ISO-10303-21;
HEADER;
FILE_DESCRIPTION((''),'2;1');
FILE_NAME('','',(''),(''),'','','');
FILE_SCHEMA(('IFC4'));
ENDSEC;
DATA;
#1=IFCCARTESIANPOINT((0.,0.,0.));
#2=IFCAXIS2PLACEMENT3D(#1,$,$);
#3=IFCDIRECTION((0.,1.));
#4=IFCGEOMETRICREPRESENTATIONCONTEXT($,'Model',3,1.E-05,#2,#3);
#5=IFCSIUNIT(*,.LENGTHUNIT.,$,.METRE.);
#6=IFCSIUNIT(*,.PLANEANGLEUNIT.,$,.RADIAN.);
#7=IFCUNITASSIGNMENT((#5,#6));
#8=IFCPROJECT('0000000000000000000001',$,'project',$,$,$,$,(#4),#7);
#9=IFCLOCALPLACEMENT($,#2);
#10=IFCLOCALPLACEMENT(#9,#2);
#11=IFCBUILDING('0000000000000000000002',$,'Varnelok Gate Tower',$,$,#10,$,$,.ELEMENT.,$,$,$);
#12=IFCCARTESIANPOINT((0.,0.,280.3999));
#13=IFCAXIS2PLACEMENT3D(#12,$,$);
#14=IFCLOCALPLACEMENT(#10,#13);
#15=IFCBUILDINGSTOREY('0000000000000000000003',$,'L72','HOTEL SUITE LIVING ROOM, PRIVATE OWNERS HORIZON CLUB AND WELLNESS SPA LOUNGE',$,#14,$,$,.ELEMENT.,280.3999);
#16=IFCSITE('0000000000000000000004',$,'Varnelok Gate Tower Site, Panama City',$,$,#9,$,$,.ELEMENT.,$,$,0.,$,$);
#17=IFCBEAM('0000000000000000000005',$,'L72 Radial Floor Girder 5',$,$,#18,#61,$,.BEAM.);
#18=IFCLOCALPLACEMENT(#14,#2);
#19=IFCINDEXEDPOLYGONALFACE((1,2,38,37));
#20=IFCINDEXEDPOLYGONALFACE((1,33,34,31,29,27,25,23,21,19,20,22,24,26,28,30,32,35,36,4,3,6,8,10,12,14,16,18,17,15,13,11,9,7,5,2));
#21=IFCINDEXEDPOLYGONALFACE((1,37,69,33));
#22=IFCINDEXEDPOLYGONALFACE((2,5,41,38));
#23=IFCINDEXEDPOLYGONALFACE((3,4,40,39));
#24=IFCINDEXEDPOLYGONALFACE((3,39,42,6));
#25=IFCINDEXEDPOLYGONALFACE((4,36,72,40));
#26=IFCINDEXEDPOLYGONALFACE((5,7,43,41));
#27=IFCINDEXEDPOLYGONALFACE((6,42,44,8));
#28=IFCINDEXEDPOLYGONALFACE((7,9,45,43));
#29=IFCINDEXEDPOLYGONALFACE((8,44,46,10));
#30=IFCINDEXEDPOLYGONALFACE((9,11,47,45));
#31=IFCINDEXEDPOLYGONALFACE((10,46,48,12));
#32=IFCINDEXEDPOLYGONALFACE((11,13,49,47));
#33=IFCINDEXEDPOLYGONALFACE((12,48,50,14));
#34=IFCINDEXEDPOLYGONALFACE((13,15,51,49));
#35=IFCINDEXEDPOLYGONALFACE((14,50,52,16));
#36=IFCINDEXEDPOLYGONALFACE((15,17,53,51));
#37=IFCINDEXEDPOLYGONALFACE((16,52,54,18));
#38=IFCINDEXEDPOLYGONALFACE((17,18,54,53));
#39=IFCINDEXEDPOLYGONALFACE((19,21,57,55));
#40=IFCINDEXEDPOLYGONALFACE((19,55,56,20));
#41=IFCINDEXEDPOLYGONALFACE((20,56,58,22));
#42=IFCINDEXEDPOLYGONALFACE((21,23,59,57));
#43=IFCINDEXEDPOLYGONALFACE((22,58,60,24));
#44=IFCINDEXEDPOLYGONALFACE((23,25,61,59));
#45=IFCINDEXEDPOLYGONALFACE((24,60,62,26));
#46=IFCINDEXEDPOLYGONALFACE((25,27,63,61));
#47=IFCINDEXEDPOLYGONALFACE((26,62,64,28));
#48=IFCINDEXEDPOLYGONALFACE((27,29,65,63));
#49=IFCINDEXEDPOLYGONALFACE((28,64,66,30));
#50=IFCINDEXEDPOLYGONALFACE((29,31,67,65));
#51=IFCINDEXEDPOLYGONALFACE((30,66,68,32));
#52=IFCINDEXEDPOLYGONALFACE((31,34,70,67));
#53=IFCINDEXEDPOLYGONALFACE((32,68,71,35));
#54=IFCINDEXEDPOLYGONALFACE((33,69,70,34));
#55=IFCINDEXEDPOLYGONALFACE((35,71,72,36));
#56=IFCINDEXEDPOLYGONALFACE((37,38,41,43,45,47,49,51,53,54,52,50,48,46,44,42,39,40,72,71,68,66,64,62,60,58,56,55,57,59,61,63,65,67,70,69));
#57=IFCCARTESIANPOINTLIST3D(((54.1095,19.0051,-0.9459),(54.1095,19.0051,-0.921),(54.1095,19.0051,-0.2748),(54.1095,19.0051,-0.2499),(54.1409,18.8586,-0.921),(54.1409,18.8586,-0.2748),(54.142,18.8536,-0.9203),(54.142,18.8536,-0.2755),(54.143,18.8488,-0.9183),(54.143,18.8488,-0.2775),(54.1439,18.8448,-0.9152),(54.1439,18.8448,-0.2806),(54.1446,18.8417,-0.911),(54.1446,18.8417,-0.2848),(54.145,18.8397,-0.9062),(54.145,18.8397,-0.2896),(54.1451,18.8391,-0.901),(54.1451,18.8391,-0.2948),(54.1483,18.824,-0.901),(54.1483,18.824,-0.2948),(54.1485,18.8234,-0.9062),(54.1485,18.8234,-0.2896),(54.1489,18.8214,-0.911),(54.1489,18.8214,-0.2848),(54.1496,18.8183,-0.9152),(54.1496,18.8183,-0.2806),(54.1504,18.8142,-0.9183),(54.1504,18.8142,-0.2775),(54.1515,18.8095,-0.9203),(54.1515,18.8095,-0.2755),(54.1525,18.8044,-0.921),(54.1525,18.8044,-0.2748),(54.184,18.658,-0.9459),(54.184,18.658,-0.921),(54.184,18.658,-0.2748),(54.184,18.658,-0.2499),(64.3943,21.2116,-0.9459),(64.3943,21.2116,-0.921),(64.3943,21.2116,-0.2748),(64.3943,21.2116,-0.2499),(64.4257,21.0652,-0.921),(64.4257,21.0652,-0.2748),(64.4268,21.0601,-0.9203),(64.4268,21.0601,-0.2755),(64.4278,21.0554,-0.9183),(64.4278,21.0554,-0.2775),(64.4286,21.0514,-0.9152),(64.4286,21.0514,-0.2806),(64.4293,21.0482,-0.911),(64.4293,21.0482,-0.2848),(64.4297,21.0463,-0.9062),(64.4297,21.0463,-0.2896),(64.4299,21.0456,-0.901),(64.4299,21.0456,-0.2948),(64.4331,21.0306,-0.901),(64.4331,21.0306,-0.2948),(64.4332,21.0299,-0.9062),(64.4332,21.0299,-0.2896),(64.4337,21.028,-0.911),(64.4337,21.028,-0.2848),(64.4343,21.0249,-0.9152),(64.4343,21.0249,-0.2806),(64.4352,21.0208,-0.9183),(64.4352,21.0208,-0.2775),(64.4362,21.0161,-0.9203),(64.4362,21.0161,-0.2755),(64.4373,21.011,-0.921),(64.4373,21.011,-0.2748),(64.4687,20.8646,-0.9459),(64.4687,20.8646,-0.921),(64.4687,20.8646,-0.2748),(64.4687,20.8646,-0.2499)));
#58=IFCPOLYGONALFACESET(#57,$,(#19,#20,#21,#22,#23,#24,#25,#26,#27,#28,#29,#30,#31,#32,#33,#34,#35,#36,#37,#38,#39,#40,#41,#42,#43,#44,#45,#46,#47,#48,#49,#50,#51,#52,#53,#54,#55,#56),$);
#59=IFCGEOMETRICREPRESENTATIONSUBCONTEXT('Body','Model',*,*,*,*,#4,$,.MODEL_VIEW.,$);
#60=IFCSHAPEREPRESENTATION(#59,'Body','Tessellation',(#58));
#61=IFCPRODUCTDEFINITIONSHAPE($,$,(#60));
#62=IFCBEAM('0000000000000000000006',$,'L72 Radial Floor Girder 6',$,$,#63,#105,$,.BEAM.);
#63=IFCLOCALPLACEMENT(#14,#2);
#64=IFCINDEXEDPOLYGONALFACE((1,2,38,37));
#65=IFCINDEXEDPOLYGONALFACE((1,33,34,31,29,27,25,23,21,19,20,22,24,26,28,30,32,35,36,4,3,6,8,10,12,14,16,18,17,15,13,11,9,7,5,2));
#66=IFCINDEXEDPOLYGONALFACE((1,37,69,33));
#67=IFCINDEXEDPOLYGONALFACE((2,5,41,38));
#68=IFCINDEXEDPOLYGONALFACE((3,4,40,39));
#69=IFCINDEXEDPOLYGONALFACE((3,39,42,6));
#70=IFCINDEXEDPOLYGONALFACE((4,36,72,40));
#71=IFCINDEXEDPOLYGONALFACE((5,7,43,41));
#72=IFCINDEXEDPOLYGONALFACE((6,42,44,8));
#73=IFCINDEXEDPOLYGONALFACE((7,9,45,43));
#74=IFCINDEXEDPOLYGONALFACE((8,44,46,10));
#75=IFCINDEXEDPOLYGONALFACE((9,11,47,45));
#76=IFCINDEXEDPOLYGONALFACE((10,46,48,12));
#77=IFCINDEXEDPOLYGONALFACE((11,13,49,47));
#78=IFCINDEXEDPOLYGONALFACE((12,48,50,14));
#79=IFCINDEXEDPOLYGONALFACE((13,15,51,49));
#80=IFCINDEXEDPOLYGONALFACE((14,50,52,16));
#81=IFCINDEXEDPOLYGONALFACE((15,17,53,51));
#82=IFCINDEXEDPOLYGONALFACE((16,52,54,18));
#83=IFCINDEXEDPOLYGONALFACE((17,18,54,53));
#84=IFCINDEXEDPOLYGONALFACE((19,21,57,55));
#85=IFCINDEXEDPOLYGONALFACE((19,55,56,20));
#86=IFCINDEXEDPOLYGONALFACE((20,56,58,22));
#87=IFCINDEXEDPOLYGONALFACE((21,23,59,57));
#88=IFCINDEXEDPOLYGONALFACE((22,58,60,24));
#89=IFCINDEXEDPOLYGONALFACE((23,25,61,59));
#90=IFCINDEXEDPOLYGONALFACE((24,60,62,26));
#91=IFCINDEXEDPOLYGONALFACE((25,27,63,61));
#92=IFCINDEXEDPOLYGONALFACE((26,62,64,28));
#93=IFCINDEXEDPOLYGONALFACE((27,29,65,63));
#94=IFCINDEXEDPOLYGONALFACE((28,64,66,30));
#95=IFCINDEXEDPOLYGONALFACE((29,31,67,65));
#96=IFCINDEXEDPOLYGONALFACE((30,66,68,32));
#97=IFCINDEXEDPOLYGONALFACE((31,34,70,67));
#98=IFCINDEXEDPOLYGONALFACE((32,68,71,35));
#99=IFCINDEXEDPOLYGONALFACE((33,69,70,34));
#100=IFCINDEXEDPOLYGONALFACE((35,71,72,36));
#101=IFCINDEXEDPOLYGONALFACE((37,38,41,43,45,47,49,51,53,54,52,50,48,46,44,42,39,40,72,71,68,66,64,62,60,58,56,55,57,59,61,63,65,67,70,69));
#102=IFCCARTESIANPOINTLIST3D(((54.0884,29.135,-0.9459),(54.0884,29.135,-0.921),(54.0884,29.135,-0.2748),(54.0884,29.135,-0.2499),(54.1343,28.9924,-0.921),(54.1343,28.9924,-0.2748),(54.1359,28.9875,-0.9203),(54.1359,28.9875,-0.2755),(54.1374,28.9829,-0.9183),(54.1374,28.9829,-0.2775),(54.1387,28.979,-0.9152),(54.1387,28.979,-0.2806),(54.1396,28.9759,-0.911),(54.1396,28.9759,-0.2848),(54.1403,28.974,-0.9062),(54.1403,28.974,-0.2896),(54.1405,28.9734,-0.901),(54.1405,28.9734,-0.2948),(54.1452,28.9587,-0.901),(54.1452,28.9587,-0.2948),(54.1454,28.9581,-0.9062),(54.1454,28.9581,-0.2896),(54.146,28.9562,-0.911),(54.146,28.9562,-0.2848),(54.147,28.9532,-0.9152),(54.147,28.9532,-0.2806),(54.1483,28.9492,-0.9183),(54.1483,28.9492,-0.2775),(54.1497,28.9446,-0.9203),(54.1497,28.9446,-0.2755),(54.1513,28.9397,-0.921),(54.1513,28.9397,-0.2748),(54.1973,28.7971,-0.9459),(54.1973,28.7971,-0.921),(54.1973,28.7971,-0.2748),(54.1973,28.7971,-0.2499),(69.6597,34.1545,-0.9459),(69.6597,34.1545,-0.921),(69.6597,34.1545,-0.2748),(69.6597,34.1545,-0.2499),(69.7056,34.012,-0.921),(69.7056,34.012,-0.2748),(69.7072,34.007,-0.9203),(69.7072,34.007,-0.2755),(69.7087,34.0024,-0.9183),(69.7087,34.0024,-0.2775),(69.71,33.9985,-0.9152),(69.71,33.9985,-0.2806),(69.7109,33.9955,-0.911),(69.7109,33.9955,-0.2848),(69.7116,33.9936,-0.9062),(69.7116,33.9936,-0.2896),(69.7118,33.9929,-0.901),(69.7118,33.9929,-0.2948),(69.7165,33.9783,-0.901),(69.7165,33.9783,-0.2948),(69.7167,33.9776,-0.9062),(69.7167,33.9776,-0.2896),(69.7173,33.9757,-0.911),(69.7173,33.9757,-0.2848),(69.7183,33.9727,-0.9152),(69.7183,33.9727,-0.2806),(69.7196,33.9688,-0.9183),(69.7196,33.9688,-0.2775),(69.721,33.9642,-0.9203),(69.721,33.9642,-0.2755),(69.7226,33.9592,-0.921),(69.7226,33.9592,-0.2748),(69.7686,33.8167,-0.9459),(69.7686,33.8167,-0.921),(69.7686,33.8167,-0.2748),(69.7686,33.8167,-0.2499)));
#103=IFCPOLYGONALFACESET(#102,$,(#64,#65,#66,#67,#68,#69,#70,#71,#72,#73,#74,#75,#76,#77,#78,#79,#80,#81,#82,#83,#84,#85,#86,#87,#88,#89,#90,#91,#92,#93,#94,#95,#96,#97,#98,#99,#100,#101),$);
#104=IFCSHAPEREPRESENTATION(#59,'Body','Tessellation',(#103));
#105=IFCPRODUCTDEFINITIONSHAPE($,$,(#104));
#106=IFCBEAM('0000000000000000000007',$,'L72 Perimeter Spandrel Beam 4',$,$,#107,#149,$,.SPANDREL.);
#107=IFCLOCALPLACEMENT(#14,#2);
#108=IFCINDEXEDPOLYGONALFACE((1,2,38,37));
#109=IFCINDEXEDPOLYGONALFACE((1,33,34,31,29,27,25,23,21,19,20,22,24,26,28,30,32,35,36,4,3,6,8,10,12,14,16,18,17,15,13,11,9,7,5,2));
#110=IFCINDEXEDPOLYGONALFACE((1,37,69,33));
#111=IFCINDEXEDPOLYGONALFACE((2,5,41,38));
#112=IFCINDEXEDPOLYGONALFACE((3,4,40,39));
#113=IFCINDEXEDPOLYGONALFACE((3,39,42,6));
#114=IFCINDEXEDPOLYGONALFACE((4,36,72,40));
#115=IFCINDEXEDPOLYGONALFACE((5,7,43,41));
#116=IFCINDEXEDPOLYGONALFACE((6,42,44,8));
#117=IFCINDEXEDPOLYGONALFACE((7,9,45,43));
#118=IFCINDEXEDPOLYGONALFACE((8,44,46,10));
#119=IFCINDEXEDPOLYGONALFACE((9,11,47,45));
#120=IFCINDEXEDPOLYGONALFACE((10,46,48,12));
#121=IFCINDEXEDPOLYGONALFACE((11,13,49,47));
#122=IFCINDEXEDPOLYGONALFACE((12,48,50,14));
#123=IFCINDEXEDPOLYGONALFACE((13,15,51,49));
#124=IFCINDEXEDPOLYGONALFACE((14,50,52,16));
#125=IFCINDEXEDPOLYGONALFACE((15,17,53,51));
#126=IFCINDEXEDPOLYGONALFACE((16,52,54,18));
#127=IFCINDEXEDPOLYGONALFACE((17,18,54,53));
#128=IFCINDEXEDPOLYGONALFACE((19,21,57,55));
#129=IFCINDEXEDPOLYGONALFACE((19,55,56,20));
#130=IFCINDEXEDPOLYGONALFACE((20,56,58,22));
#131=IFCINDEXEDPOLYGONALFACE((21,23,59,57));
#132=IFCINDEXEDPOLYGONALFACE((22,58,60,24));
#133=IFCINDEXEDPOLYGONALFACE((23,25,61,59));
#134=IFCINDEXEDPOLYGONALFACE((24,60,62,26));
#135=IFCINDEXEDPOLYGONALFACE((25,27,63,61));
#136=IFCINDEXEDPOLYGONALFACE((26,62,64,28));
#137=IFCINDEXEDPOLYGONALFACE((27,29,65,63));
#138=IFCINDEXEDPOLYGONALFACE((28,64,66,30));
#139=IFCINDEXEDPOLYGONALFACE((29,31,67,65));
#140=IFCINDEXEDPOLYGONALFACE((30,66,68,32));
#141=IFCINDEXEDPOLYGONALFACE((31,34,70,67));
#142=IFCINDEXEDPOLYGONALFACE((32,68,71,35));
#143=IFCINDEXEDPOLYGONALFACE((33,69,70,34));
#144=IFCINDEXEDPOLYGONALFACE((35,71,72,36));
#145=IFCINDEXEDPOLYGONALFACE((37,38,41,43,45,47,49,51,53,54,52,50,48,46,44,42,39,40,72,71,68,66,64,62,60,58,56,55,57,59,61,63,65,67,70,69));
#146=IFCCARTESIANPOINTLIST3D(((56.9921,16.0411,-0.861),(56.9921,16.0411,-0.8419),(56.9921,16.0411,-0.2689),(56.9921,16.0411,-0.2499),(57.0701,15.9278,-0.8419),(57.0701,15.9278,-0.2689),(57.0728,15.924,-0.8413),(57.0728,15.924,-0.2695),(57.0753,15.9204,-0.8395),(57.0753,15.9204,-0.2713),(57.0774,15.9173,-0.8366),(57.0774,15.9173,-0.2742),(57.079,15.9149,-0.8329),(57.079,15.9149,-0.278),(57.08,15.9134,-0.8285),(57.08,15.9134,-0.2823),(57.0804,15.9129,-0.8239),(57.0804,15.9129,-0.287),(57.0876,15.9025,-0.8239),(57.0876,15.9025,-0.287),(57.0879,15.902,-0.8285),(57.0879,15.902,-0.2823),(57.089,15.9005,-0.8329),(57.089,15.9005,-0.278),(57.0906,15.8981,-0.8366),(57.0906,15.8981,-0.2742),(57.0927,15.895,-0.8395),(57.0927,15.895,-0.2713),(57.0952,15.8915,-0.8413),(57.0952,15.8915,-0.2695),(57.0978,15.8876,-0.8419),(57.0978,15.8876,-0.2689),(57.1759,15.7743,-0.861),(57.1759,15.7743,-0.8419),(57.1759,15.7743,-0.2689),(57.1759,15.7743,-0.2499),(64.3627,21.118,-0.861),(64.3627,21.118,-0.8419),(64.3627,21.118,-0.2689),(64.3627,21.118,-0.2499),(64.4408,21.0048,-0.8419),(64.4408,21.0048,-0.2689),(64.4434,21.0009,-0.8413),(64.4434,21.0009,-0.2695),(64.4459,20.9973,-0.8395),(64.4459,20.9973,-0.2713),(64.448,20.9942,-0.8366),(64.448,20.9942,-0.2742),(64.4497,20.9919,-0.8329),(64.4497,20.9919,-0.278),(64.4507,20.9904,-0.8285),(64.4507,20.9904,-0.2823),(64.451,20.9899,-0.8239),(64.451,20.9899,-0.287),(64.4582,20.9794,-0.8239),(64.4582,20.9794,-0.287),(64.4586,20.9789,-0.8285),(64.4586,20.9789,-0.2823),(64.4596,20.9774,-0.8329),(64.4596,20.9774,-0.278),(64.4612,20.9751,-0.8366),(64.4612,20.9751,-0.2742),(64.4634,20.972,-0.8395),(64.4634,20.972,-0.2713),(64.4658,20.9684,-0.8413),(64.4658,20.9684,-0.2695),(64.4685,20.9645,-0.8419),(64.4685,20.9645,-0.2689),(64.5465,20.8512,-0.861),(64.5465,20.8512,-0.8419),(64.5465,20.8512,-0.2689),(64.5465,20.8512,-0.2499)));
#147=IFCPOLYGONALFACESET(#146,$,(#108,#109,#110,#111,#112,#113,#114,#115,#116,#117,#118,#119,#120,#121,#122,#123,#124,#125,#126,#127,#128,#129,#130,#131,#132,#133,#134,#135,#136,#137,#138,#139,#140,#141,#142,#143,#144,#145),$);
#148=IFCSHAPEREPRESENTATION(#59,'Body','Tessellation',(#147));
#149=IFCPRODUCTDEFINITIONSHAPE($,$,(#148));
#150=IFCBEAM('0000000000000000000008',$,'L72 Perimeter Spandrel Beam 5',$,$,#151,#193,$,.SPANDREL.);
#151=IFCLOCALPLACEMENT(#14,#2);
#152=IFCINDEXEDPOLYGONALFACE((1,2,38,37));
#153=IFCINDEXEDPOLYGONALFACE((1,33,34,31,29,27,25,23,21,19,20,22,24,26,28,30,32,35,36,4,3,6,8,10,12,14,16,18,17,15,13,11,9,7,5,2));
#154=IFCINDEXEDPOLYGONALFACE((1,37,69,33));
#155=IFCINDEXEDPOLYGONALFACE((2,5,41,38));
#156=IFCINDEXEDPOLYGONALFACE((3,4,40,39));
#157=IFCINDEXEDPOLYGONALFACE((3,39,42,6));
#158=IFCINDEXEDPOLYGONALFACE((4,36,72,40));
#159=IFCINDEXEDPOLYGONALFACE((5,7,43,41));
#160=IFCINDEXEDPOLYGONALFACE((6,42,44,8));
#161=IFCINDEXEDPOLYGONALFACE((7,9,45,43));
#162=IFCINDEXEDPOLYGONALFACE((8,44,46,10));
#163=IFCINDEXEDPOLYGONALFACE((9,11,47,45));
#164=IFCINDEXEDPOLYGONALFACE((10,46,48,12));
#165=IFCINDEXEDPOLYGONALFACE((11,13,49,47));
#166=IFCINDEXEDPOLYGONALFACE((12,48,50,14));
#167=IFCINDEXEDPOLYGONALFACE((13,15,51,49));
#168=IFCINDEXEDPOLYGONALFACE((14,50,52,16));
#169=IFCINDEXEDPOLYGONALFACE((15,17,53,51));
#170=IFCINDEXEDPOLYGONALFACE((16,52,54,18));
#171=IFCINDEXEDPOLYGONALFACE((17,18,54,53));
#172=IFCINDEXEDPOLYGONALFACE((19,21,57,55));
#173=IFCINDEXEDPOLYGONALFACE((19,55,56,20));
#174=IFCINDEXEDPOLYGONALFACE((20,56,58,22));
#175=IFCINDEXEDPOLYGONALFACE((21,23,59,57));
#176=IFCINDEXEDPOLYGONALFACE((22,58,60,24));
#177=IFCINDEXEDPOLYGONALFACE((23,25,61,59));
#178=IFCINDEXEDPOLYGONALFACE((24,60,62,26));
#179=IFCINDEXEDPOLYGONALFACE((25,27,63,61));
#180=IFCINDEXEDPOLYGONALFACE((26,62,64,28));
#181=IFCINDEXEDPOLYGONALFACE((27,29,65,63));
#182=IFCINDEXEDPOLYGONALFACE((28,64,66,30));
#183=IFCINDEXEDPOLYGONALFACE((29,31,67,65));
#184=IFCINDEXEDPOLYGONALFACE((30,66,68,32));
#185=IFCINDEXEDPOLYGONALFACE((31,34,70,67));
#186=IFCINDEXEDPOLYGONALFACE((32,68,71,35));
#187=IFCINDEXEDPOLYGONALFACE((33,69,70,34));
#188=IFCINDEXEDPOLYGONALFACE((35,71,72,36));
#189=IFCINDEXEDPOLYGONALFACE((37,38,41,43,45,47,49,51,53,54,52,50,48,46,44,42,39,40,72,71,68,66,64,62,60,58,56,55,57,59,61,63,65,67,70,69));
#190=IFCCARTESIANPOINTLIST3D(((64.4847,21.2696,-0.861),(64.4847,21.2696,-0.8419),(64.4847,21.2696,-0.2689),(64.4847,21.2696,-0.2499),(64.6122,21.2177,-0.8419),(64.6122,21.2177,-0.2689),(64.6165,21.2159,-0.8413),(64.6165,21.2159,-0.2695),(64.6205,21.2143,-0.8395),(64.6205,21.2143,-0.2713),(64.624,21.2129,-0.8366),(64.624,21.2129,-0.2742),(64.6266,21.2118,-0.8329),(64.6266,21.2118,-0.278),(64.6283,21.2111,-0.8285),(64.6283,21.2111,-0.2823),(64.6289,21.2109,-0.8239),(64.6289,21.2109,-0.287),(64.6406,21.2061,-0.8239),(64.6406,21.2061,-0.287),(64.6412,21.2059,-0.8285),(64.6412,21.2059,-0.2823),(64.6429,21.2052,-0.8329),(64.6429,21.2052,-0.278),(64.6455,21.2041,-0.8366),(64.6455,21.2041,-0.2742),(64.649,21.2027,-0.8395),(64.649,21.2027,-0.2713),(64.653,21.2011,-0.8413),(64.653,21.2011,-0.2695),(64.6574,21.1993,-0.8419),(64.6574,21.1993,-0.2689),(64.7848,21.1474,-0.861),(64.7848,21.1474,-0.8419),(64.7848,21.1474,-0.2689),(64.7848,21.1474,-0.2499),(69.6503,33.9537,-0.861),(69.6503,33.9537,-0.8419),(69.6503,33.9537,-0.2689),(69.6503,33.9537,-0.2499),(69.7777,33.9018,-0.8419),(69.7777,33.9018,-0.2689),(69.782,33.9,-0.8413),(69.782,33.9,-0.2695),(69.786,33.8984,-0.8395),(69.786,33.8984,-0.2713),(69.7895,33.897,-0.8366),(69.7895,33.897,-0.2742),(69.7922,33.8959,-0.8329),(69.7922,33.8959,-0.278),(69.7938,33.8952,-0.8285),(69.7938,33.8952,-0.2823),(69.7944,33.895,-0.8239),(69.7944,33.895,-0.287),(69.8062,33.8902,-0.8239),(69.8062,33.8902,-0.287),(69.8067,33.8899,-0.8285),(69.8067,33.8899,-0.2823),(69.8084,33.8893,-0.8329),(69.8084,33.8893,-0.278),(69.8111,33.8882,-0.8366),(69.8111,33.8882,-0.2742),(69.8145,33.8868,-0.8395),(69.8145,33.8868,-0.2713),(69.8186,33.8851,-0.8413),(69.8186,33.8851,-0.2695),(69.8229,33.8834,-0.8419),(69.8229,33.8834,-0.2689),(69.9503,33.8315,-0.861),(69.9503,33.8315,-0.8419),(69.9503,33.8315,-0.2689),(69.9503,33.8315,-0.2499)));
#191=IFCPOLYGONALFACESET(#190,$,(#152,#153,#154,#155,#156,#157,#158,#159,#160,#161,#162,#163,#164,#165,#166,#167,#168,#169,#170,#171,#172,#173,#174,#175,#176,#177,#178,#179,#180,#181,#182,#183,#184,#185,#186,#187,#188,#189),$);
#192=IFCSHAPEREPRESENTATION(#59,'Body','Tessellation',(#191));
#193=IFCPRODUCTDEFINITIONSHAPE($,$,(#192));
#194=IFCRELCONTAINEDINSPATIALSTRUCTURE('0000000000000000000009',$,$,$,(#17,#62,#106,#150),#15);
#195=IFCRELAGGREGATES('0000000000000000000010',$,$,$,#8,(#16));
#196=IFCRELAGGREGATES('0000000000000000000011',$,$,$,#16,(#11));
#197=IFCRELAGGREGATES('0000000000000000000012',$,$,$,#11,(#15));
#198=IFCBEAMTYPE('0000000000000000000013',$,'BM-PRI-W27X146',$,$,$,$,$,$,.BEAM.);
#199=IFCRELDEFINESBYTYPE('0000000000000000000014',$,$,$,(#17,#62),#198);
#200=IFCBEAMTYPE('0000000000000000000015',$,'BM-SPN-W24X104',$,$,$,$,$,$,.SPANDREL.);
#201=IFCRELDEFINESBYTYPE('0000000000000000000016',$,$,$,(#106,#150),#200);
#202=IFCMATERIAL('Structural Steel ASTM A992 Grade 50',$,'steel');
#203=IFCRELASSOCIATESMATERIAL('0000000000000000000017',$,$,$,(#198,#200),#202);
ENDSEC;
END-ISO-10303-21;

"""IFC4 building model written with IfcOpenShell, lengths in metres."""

from ifc_helpers import new_model, si_unit, direction, frame, origin, origin_2d, place, context, subcontext, project, spatial, i_section, extrude, material, material_profile, profile_set, type_object, element, save


model = new_model("IFC4")

# Units and contexts
model_context = context("Model", 3, precision=1e-05, world=origin(), true_north=direction((0.0, 1.0)))
body_context = subcontext(model_context, "Body", "Model", "MODEL_VIEW")
ifc_project = project(units=[si_unit("LENGTHUNIT", "METRE"), si_unit("PLANEANGLEUNIT", "RADIAN")], contexts=[model_context])

# Site, building, storey
site_placement = place(None, origin())
site = spatial("IfcSite", under=ifc_project, at=site_placement, Name="Varnelok Gate Tower Site, Panama City", CompositionType="ELEMENT", RefElevation=0.0)
building_placement = place(site_placement, origin())
building = spatial("IfcBuilding", under=site, at=building_placement, Name="Varnelok Gate Tower", CompositionType="ELEMENT")
storey_placement = place(building_placement, frame((0.0, 0.0, 280.3999)))
storey = spatial("IfcBuildingStorey", under=building, at=storey_placement, Name="L72", Description="HOTEL SUITE LIVING ROOM, PRIVATE OWNERS HORIZON CLUB AND WELLNESS SPA LOUNGE", CompositionType="ELEMENT", Elevation=280.3999)

# Shared definitions
ifc_material_1 = material(Name="Structural Steel ASTM A992 Grade 50", Category="steel")

# Beams
ifc_material_profile_1 = material_profile(ifc_material_1, i_section(OverallWidth=0.355, OverallDepth=0.696, WebThickness=0.0154, FlangeThickness=0.0249, FilletRadius=0.02, at=origin_2d()), Name="W27X146")
ifc_profile_set_1 = profile_set([ifc_material_profile_1], Name="Structural Steel ASTM A992 Grade 50")
beam_type_1 = type_object("IfcBeamType", Name="BM-PRI-W27X146", PredefinedType="BEAM", material=ifc_profile_set_1)
beam_1_placement = place(storey_placement, frame((54.1467, 18.8315, -0.5979), z_axis=(0.97775, 0.209773, 0.0), x_axis=(-0.209773, 0.97775, 0.0)))
element("IfcBeam", 1, at=beam_1_placement, inside=storey, type_object=beam_type_1, Name="L72 Radial Floor Girder 5", PredefinedType="BEAM", context=body_context, shape_type="SweptSolid", body=[
    extrude(i_section(OverallWidth=0.355, OverallDepth=0.696, WebThickness=0.0154, FlangeThickness=0.0249, FilletRadius=0.02, at=origin_2d()), origin(), (0.0, 0.0, 1.0), 10.5188),
])
beam_2_placement = place(storey_placement, frame((54.1428, 28.9661, -0.5979), z_axis=(0.95177, 0.306811, 0.0), x_axis=(-0.306811, 0.95177, 0.0)))
element("IfcBeam", 2, at=beam_2_placement, inside=storey, type_object=beam_type_1, Name="L72 Radial Floor Girder 6", PredefinedType="BEAM", context=body_context, shape_type="SweptSolid", body=[
    extrude(i_section(OverallWidth=0.355, OverallDepth=0.696, WebThickness=0.0154, FlangeThickness=0.0249, FilletRadius=0.02, at=origin_2d()), origin(), (0.0, 0.0, 1.0), 16.3604),
])
ifc_material_profile_2 = material_profile(ifc_material_1, i_section(OverallWidth=0.324, OverallDepth=0.6111, WebThickness=0.0127, FlangeThickness=0.019, FilletRadius=0.0181, at=origin_2d()), Name="W24X104")
ifc_profile_set_2 = profile_set([ifc_material_profile_2], Name="Structural Steel ASTM A992 Grade 50")
beam_type_2 = type_object("IfcBeamType", Name="BM-SPN-W24X104", PredefinedType="SPANDREL", material=ifc_profile_set_2)
beam_3_placement = place(storey_placement, frame((57.084, 15.9077, -0.5554), z_axis=(0.82354, 0.567258, 0.0), x_axis=(-0.567258, 0.82354, 0.0)))
element("IfcBeam", 3, at=beam_3_placement, inside=storey, type_object=beam_type_2, Name="L72 Perimeter Spandrel Beam 4", PredefinedType="SPANDREL", context=body_context, shape_type="SweptSolid", body=[
    extrude(i_section(OverallWidth=0.324, OverallDepth=0.6111, WebThickness=0.0127, FlangeThickness=0.019, FilletRadius=0.0181, at=origin_2d()), origin(), (0.0, 0.0, 1.0), 8.95),
])
beam_4_placement = place(storey_placement, frame((64.6348, 21.2085, -0.5554), z_axis=(0.377168, 0.926145, 0.0), x_axis=(-0.926145, 0.377168, 0.0)))
element("IfcBeam", 4, at=beam_4_placement, inside=storey, type_object=beam_type_2, Name="L72 Perimeter Spandrel Beam 5", PredefinedType="SPANDREL", context=body_context, shape_type="SweptSolid", body=[
    extrude(i_section(OverallWidth=0.324, OverallDepth=0.6111, WebThickness=0.0127, FlangeThickness=0.019, FilletRadius=0.0181, at=origin_2d()), origin(), (0.0, 0.0, 1.0), 13.6956),
])

save(model, "model.ifc")
